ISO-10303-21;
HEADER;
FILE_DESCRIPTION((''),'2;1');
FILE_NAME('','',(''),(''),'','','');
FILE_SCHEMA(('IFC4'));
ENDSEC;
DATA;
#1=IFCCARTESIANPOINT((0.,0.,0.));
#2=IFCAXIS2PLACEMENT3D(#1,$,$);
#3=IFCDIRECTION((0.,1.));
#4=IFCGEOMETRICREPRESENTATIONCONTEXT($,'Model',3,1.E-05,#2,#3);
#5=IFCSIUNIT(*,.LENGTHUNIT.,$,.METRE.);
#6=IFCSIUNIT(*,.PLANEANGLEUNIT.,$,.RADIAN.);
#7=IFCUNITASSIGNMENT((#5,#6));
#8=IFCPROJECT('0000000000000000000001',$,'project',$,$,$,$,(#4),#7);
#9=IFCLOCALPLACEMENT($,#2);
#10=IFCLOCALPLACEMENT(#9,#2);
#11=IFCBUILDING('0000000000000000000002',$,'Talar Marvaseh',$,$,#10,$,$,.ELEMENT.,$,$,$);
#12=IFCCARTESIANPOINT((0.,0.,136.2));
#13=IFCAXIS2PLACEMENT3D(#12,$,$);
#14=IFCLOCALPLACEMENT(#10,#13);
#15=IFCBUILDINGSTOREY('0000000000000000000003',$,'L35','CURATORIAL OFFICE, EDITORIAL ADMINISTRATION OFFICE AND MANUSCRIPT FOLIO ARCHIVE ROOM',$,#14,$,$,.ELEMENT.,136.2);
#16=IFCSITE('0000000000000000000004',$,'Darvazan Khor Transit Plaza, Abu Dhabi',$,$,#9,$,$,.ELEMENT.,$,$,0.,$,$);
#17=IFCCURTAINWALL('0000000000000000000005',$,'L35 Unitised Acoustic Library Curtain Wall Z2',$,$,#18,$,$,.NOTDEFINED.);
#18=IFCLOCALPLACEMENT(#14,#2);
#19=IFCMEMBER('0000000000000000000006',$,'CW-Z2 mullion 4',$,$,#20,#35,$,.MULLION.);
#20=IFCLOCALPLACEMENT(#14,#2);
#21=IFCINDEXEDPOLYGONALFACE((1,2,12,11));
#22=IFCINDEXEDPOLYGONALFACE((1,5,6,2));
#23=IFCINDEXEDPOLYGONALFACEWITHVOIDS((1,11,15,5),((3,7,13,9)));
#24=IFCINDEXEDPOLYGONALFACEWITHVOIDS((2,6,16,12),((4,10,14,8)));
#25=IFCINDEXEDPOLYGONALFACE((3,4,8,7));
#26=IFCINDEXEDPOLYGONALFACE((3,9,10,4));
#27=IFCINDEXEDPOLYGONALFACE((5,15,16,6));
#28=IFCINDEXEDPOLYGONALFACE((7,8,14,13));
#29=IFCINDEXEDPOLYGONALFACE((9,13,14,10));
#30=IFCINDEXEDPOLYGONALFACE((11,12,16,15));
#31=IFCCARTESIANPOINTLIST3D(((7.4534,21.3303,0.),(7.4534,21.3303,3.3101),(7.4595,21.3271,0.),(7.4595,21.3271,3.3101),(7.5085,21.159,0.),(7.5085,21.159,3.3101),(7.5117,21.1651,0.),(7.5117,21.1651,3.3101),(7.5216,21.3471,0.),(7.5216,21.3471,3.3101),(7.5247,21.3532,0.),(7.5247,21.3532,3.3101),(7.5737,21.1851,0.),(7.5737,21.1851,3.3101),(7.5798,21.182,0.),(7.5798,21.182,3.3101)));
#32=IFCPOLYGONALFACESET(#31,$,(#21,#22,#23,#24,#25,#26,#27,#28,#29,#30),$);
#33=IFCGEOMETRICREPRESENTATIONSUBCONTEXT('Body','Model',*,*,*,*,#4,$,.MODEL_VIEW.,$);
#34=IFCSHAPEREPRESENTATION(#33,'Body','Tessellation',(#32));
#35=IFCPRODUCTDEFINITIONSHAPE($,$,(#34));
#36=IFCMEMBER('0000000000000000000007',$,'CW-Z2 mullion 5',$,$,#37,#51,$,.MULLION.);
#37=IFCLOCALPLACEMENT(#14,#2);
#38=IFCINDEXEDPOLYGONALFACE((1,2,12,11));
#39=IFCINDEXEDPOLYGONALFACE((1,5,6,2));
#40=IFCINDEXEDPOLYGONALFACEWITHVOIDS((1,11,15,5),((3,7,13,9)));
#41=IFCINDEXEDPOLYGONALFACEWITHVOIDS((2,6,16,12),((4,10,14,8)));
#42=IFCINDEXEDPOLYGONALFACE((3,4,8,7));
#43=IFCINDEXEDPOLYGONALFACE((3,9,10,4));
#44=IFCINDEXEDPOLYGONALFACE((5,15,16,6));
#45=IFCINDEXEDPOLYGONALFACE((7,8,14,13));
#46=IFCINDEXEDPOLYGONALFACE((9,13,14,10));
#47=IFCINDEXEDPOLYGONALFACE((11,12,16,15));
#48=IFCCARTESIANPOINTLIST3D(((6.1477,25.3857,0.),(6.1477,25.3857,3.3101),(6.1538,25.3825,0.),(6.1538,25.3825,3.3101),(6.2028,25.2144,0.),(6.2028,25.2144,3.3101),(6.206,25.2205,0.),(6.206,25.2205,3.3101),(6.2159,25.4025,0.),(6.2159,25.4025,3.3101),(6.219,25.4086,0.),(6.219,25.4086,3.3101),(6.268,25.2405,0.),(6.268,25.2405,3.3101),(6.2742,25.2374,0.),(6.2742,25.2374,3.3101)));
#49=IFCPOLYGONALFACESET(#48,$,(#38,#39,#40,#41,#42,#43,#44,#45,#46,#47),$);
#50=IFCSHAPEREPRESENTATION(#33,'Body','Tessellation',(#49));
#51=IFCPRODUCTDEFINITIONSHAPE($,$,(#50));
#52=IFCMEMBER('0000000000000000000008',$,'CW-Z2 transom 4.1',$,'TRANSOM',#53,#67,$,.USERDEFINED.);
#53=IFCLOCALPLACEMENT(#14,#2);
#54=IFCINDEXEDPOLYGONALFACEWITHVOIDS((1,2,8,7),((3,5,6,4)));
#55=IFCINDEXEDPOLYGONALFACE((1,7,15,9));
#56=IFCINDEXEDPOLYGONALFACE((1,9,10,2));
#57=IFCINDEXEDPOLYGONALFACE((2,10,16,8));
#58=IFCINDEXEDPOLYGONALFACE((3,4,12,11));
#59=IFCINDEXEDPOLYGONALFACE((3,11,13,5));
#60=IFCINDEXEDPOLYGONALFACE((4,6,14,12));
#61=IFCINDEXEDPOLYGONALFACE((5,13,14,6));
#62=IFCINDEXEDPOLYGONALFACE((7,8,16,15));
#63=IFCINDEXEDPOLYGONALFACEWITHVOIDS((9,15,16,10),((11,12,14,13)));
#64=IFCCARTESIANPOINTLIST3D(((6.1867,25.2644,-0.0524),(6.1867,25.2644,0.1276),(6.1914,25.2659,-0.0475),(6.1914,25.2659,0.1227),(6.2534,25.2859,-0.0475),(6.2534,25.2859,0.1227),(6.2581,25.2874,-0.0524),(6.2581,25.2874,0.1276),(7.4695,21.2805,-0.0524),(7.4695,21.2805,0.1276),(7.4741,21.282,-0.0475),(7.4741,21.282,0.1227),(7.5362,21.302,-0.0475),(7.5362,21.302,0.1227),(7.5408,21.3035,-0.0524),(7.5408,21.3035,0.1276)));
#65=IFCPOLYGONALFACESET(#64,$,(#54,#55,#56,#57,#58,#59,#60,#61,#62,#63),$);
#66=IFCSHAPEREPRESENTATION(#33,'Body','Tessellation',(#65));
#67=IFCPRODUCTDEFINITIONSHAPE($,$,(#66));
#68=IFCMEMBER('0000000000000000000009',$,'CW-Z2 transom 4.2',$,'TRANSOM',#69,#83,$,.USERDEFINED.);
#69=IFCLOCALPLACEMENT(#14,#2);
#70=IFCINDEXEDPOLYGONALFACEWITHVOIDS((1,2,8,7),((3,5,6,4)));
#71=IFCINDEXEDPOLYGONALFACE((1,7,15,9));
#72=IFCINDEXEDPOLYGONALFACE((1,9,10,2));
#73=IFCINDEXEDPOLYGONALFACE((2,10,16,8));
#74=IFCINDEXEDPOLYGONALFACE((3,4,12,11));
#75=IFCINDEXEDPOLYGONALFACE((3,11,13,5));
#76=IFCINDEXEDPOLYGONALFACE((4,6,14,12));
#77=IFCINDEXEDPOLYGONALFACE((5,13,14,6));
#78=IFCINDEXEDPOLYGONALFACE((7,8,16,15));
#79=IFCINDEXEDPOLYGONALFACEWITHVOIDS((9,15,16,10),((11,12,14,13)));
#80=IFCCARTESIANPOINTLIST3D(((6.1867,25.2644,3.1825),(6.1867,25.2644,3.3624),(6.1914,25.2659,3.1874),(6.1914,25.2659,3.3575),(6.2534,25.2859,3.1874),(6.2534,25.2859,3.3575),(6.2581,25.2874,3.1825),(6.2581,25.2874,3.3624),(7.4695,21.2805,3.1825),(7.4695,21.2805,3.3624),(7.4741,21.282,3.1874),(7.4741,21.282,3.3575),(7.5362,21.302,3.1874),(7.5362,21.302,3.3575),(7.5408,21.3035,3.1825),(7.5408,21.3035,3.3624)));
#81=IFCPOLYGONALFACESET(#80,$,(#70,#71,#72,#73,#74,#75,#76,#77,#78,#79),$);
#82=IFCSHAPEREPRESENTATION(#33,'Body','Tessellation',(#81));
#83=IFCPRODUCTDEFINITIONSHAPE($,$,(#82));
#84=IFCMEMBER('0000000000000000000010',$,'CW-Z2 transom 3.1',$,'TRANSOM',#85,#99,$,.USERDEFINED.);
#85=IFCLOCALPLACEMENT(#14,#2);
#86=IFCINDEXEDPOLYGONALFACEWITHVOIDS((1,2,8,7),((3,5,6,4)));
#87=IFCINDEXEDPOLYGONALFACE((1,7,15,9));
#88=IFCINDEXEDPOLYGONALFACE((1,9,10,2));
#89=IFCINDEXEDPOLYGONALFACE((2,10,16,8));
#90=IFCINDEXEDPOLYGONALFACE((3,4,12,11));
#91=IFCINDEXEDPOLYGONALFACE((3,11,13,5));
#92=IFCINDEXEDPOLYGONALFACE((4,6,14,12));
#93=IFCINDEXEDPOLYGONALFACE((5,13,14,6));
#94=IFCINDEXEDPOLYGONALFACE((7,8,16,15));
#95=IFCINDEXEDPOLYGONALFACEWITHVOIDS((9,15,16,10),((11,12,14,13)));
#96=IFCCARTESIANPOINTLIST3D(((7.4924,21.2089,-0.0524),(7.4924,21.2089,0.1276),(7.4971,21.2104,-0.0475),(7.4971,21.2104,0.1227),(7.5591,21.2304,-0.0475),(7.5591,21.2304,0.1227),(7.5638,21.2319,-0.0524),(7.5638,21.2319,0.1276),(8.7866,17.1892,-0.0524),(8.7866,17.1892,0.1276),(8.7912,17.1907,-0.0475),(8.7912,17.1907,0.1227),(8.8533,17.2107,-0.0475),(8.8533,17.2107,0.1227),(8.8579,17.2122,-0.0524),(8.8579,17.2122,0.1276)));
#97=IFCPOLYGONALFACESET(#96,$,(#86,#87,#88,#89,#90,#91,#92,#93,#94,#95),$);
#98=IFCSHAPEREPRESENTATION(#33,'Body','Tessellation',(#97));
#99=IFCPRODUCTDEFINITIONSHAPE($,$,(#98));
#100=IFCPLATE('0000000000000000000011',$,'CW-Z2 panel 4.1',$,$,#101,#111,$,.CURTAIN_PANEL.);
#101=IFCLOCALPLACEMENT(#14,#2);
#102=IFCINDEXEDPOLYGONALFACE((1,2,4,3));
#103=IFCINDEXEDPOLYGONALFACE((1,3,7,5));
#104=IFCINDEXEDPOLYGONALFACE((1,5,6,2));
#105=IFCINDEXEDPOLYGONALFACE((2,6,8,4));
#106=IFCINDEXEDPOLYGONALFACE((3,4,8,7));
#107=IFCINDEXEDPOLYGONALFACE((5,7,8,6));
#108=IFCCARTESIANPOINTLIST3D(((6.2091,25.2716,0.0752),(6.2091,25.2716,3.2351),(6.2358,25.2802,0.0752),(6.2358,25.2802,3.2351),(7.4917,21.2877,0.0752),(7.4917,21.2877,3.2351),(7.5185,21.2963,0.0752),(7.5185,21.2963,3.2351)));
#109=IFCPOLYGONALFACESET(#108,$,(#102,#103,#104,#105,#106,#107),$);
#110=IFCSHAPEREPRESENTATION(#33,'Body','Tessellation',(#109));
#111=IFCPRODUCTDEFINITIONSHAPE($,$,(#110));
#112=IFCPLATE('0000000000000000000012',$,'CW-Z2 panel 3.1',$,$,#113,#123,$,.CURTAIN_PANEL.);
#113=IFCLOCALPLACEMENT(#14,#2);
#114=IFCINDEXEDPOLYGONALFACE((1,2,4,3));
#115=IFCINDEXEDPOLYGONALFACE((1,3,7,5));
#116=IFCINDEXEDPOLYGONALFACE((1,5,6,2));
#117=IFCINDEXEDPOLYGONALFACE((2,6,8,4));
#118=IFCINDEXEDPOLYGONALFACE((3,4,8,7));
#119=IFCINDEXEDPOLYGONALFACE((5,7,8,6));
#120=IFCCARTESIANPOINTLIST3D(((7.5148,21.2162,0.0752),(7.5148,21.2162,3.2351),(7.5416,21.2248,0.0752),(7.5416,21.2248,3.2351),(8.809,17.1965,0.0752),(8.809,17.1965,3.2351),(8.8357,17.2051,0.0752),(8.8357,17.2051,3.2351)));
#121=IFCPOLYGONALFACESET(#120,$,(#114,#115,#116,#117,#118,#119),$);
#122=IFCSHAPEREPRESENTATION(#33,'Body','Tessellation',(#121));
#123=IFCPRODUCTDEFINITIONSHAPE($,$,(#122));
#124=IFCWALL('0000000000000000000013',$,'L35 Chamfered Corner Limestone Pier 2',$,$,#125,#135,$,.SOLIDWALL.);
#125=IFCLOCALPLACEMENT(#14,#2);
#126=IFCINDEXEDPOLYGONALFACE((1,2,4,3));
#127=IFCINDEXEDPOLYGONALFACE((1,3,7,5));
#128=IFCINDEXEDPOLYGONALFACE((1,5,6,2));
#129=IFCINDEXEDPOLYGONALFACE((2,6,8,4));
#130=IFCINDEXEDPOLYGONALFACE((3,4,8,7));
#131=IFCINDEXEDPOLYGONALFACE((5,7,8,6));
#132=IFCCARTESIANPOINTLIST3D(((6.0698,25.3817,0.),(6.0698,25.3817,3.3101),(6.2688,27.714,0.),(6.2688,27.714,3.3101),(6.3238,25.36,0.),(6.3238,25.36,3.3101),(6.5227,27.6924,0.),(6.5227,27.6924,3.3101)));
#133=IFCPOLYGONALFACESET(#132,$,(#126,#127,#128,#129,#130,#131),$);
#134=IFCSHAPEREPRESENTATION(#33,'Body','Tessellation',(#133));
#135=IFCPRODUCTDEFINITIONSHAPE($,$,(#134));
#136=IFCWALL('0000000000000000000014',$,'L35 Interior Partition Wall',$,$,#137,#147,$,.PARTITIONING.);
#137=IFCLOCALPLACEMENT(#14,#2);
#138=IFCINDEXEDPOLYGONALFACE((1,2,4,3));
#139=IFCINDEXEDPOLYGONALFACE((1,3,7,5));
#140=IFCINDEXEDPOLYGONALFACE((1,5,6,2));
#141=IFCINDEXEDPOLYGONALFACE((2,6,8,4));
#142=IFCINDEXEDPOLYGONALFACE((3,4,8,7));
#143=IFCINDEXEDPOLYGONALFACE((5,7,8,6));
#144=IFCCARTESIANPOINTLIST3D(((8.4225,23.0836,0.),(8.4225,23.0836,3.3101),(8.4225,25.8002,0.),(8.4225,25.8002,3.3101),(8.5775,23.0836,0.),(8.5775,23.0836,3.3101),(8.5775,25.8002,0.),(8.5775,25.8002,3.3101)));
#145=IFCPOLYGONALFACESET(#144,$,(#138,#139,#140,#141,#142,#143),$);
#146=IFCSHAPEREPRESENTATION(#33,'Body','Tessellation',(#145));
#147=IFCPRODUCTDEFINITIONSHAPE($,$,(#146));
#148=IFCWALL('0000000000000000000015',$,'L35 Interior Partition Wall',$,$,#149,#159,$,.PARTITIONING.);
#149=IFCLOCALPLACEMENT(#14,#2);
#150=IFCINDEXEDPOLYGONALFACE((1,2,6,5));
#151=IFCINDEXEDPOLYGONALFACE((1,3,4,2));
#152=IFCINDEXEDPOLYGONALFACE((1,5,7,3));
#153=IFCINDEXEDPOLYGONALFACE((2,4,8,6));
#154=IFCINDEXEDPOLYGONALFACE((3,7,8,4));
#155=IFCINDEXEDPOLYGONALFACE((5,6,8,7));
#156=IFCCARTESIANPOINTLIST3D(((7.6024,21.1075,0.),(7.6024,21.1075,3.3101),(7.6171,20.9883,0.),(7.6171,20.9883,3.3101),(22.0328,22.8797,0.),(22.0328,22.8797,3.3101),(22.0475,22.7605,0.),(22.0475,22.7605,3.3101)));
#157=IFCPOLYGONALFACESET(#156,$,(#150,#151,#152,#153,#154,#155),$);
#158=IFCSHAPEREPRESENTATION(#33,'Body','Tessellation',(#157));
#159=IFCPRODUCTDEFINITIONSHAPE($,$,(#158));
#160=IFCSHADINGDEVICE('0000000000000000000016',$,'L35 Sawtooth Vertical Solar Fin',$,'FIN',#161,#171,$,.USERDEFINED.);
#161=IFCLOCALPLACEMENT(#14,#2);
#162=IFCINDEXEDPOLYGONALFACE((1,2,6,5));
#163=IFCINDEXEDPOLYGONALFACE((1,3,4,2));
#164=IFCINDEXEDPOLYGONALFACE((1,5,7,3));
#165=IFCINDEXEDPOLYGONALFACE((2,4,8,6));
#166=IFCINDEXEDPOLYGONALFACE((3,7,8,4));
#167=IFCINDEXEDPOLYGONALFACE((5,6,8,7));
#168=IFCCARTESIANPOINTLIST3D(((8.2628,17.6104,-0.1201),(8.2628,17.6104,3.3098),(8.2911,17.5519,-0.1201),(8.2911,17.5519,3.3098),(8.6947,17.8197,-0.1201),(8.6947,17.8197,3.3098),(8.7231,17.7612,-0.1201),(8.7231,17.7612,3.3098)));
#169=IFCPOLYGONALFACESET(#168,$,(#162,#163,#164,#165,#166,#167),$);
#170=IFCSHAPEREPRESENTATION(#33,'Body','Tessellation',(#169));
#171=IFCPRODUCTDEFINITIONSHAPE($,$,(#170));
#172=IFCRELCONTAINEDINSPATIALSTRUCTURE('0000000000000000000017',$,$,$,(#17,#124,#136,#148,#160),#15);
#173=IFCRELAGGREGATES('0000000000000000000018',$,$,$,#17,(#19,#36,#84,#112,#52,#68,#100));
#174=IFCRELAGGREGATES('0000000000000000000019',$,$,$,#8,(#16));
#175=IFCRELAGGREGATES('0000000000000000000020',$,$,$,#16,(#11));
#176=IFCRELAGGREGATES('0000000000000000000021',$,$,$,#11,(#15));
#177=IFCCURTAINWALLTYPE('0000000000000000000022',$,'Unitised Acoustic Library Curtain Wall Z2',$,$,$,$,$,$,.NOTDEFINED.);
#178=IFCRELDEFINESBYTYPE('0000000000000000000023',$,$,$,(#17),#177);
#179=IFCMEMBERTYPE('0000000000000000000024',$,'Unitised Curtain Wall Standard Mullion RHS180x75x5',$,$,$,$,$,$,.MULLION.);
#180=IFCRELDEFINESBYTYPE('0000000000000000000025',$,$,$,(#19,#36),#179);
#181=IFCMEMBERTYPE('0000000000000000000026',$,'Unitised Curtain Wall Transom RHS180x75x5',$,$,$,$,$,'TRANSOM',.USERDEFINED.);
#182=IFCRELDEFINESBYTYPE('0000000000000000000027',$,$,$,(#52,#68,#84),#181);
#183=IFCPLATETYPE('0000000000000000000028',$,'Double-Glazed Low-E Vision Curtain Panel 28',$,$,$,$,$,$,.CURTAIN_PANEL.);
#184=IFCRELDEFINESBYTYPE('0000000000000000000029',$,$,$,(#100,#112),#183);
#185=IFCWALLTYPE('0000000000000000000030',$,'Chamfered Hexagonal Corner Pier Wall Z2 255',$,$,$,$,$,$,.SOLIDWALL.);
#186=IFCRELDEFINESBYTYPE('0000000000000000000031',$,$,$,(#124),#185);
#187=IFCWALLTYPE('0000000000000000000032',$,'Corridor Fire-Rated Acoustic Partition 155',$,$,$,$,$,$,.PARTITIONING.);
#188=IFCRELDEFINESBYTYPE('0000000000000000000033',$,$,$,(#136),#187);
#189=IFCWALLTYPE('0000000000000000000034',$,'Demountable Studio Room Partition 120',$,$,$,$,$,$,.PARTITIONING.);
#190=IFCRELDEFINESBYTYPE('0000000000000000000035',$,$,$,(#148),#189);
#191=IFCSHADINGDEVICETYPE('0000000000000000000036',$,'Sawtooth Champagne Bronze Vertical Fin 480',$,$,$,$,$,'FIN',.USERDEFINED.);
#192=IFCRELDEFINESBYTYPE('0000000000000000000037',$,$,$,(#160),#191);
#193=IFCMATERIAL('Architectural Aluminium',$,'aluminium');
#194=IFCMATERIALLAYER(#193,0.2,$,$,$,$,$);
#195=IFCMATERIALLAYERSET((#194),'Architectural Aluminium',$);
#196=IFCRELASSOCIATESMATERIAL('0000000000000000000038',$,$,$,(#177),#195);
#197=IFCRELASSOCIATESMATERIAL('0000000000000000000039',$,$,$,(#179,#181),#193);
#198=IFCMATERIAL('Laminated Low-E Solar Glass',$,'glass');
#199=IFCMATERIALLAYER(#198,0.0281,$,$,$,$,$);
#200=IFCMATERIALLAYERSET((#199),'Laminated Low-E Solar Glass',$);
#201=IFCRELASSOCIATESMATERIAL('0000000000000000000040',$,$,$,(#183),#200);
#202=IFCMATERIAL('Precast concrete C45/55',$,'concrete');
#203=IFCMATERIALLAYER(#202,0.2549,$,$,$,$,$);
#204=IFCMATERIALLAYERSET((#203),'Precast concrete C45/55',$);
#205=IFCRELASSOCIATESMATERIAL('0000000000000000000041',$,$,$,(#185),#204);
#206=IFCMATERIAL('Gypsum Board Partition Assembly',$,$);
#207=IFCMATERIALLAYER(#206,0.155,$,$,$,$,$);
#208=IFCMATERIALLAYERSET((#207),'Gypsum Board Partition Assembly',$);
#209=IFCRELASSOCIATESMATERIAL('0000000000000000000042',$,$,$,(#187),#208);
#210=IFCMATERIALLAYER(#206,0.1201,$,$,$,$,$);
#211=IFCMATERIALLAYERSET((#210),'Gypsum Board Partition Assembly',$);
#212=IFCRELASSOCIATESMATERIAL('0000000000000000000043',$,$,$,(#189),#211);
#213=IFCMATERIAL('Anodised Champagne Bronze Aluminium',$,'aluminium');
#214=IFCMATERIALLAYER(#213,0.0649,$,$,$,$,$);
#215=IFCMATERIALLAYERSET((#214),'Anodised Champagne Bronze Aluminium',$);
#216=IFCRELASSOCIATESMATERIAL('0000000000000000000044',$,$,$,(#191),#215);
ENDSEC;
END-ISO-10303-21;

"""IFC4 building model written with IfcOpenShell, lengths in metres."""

from ifc_helpers import new_model, si_unit, direction, frame, frame_2d, origin, origin_2d, place, context, subcontext, project, spatial, rectangle, hollow_rectangle, extrude, source, transform, mapped, material, layer, layer_set, material_profile, profile_set, type_object, type_shapes, element, aggregate, save


model = new_model("IFC4")

# Units and contexts
model_context = context("Model", 3, precision=1e-05, world=origin(), true_north=direction((0.0, 1.0)))
body_context = subcontext(model_context, "Body", "Model", "MODEL_VIEW")
ifc_project = project(units=[si_unit("LENGTHUNIT", "METRE"), si_unit("PLANEANGLEUNIT", "RADIAN")], contexts=[model_context])

# Site, building, storey
site_placement = place(None, origin())
site = spatial("IfcSite", under=ifc_project, at=site_placement, Name="Darvazan Khor Transit Plaza, Abu Dhabi", CompositionType="ELEMENT", RefElevation=0.0)
building_placement = place(site_placement, origin())
building = spatial("IfcBuilding", under=site, at=building_placement, Name="Talar Marvaseh", CompositionType="ELEMENT")
storey_placement = place(building_placement, frame((0.0, 0.0, 136.2)))
storey = spatial("IfcBuildingStorey", under=building, at=storey_placement, Name="L35", Description="CURATORIAL OFFICE, EDITORIAL ADMINISTRATION OFFICE AND MANUSCRIPT FOLIO ARCHIVE ROOM", CompositionType="ELEMENT", Elevation=136.2)

# Curtain wall, members, plates
ifc_material_1 = material(Name="Architectural Aluminium", Category="aluminium")
ifc_layer_1 = layer(ifc_material_1, 0.2)
ifc_layer_set_1 = layer_set([ifc_layer_1], Name="Architectural Aluminium")
curtain_wall_type = type_object("IfcCurtainWallType", Name="Unitised Acoustic Library Curtain Wall Z2", PredefinedType="NOTDEFINED", material=ifc_layer_set_1)
curtain_wall_placement = place(storey_placement, origin())
curtain_wall = element("IfcCurtainWall", 1, at=curtain_wall_placement, inside=storey, type_object=curtain_wall_type, Name="L35 Unitised Acoustic Library Curtain Wall Z2", PredefinedType="NOTDEFINED")
ifc_material_profile_1 = material_profile(ifc_material_1, hollow_rectangle(XDim=0.075, YDim=0.1799, WallThickness=0.0049, at=origin_2d()), Name="RHS180x75x5")
ifc_profile_set_1 = profile_set([ifc_material_profile_1], Name="Architectural Aluminium")
member_type_1 = type_object("IfcMemberType", Name="Unitised Curtain Wall Standard Mullion RHS180x75x5", PredefinedType="MULLION", material=ifc_profile_set_1)
shared_shape_1 = source(origin(), body_context, "Body", "SweptSolid", [
    extrude(hollow_rectangle(XDim=0.075, YDim=0.1799, WallThickness=0.0049, at=origin_2d()), origin(), (0.0, 0.0, 1.0), 3.3101),
])
type_shapes(member_type_1, [shared_shape_1])
member_1_placement = place(storey_placement, frame((7.5166, 21.2561, 0.0), z_axis=(0.0, 0.0, 1.0), x_axis=(-0.951882, -0.306463, 0.0)))
member_1 = element("IfcMember", 2, at=member_1_placement, type_object=member_type_1, Name="CW-Z2 mullion 4", PredefinedType="MULLION", context=body_context, shape_type="MappedRepresentation", body=[
    mapped(shared_shape_1, transform((0.0, 0.0, 0.0), x_axis=(1.0, 0.0, 0.0), y_axis=(0.0, 1.0, 0.0), z_axis=(0.0, 0.0, 1.0), scale=1.0)),
])
member_2_placement = place(storey_placement, frame((6.2109, 25.3115, 0.0), z_axis=(0.0, 0.0, 1.0), x_axis=(-0.951882, -0.306463, 0.0)))
member_2 = element("IfcMember", 3, at=member_2_placement, type_object=member_type_1, Name="CW-Z2 mullion 5", PredefinedType="MULLION", context=body_context, shape_type="MappedRepresentation", body=[
    mapped(shared_shape_1, transform((0.0, 0.0, 0.0), x_axis=(1.0, 0.0, 0.0), y_axis=(0.0, 1.0, 0.0), z_axis=(0.0, 0.0, 1.0), scale=1.0)),
])
ifc_material_profile_2 = material_profile(ifc_material_1, hollow_rectangle(XDim=0.075, YDim=0.1799, WallThickness=0.0049, at=origin_2d()), Name="RHS180x75x5")
ifc_profile_set_2 = profile_set([ifc_material_profile_2], Name="Architectural Aluminium")
member_type_2 = type_object("IfcMemberType", Name="Unitised Curtain Wall Transom RHS180x75x5", ElementType="TRANSOM", PredefinedType="USERDEFINED", material=ifc_profile_set_2)
shared_shape_2 = source(origin(), body_context, "Body", "SweptSolid", [
    extrude(hollow_rectangle(XDim=0.075, YDim=0.1799, WallThickness=0.0049, at=origin_2d()), origin(), (0.0, 0.0, 1.0), 4.1853),
])
member_3_placement = place(storey_placement, frame((7.5051, 21.292, 0.0376), z_axis=(-0.306481, 0.951877, 0.0), x_axis=(-0.951877, -0.306481, 0.0)))
member_3 = element("IfcMember", 4, at=member_3_placement, type_object=member_type_2, Name="CW-Z2 transom 4.1", ObjectType="TRANSOM", PredefinedType="USERDEFINED", context=body_context, shape_type="MappedRepresentation", body=[
    mapped(shared_shape_2, transform((0.0, 0.0, 0.0), x_axis=(1.0, 0.0, 0.0), y_axis=(0.0, 1.0, 0.0), z_axis=(0.0, 0.0, 1.0), scale=1.0)),
])
member_4_placement = place(storey_placement, frame((7.5051, 21.292, 3.2725), z_axis=(-0.306481, 0.951877, 0.0), x_axis=(-0.951877, -0.306481, 0.0)))
member_4 = element("IfcMember", 5, at=member_4_placement, type_object=member_type_2, Name="CW-Z2 transom 4.2", ObjectType="TRANSOM", PredefinedType="USERDEFINED", context=body_context, shape_type="MappedRepresentation", body=[
    mapped(shared_shape_2, transform((0.0, 0.0, 0.0), x_axis=(1.0, 0.0, 0.0), y_axis=(0.0, 1.0, 0.0), z_axis=(0.0, 0.0, 1.0), scale=1.0)),
])
shared_shape_3 = source(origin(), body_context, "Body", "SweptSolid", [
    extrude(hollow_rectangle(XDim=0.075, YDim=0.1799, WallThickness=0.0049, at=origin_2d()), origin(), (0.0, 0.0, 1.0), 4.2229),
])
type_shapes(member_type_2, [shared_shape_2, shared_shape_3])
member_5_placement = place(storey_placement, frame((8.8223, 17.2007, 0.0376), z_axis=(-0.306464, 0.951882, 0.0), x_axis=(-0.951882, -0.306464, 0.0)))
member_5 = element("IfcMember", 6, at=member_5_placement, type_object=member_type_2, Name="CW-Z2 transom 3.1", ObjectType="TRANSOM", PredefinedType="USERDEFINED", context=body_context, shape_type="MappedRepresentation", body=[
    mapped(shared_shape_3, transform((0.0, 0.0, 0.0), x_axis=(1.0, 0.0, 0.0), y_axis=(0.0, 1.0, 0.0), z_axis=(0.0, 0.0, 1.0), scale=1.0)),
])
ifc_material_2 = material(Name="Laminated Low-E Solar Glass", Category="glass")
ifc_layer_2 = layer(ifc_material_2, 0.0281)
ifc_layer_set_2 = layer_set([ifc_layer_2], Name="Laminated Low-E Solar Glass")
plate_type = type_object("IfcPlateType", Name="Double-Glazed Low-E Vision Curtain Panel 28", PredefinedType="CURTAIN_PANEL", material=ifc_layer_set_2)
shared_shape_4 = source(origin(), body_context, "Body", "SweptSolid", [
    extrude(rectangle(XDim=4.1853, YDim=0.0281, at=origin_2d()), origin(), (0.0, 0.0, 1.0), 3.1599),
])
plate_1_placement = place(storey_placement, frame((6.8638, 23.2839, 0.0752), z_axis=(0.0, 0.0, 1.0), x_axis=(-0.306463, 0.951882, 0.0)))
plate_1 = element("IfcPlate", 7, at=plate_1_placement, type_object=plate_type, Name="CW-Z2 panel 4.1", PredefinedType="CURTAIN_PANEL", context=body_context, shape_type="MappedRepresentation", body=[
    mapped(shared_shape_4, transform((0.0, 0.0, 0.0), x_axis=(1.0, 0.0, 0.0), y_axis=(0.0, 1.0, 0.0), z_axis=(0.0, 0.0, 1.0), scale=1.0)),
])
shared_shape_5 = source(origin(), body_context, "Body", "SweptSolid", [
    extrude(rectangle(XDim=4.2229, YDim=0.0281, at=origin_2d()), origin(), (0.0, 0.0, 1.0), 3.1599),
])
type_shapes(plate_type, [shared_shape_4, shared_shape_5])
plate_2_placement = place(storey_placement, frame((8.1753, 19.2107, 0.0752), z_axis=(0.0, 0.0, 1.0), x_axis=(-0.306463, 0.951882, 0.0)))
plate_2 = element("IfcPlate", 8, at=plate_2_placement, type_object=plate_type, Name="CW-Z2 panel 3.1", PredefinedType="CURTAIN_PANEL", context=body_context, shape_type="MappedRepresentation", body=[
    mapped(shared_shape_5, transform((0.0, 0.0, 0.0), x_axis=(1.0, 0.0, 0.0), y_axis=(0.0, 1.0, 0.0), z_axis=(0.0, 0.0, 1.0), scale=1.0)),
])
aggregate(curtain_wall, [member_1, member_2, member_5, plate_2, member_3, member_4, plate_1])

# Walls
ifc_material_3 = material(Name="Precast concrete C45/55", Category="concrete")
ifc_layer_3 = layer(ifc_material_3, 0.2549)
ifc_layer_set_3 = layer_set([ifc_layer_3], Name="Precast concrete C45/55")
wall_type_1 = type_object("IfcWallType", Name="Chamfered Hexagonal Corner Pier Wall Z2 255", PredefinedType="SOLIDWALL", material=ifc_layer_set_3)
wall_1_placement = place(storey_placement, frame((6.1968, 25.3708, 0.0), z_axis=(0.0, 0.0, 1.0), x_axis=(0.085005, 0.996381, 0.0)))
element("IfcWall", 9, at=wall_1_placement, inside=storey, type_object=wall_type_1, Name="L35 Chamfered Corner Limestone Pier 2", PredefinedType="SOLIDWALL", context=body_context, shape_type="SweptSolid", body=[
    extrude(rectangle(XDim=2.3408, YDim=0.2549, at=frame_2d((1.1704, 0.0))), origin(), (0.0, 0.0, 1.0), 3.3101),
])
ifc_material_4 = material(Name="Gypsum Board Partition Assembly")
ifc_layer_4 = layer(ifc_material_4, 0.155)
ifc_layer_set_4 = layer_set([ifc_layer_4], Name="Gypsum Board Partition Assembly")
wall_type_2 = type_object("IfcWallType", Name="Corridor Fire-Rated Acoustic Partition 155", PredefinedType="PARTITIONING", material=ifc_layer_set_4)
wall_2_placement = place(storey_placement, frame((8.5, 23.0835, 0.0), z_axis=(0.0, 0.0, 1.0), x_axis=(0.0, 1.0, 0.0)))
element("IfcWall", 10, at=wall_2_placement, inside=storey, type_object=wall_type_2, Name="L35 Interior Partition Wall", PredefinedType="PARTITIONING", context=body_context, shape_type="SweptSolid", body=[
    extrude(rectangle(XDim=2.7166, YDim=0.155, at=frame_2d((1.3584, 0.0))), origin(), (0.0, 0.0, 1.0), 3.3101),
])
ifc_layer_5 = layer(ifc_material_4, 0.1201)
ifc_layer_set_5 = layer_set([ifc_layer_5], Name="Gypsum Board Partition Assembly")
wall_type_3 = type_object("IfcWallType", Name="Demountable Studio Room Partition 120", PredefinedType="PARTITIONING", material=ifc_layer_set_5)
wall_3_placement = place(storey_placement, frame((7.6096, 21.0479, 0.0), z_axis=(0.0, 0.0, 1.0), x_axis=(0.992543, 0.121895, 0.0)))
element("IfcWall", 11, at=wall_3_placement, inside=storey, type_object=wall_type_3, Name="L35 Interior Partition Wall", PredefinedType="PARTITIONING", context=body_context, shape_type="SweptSolid", body=[
    extrude(rectangle(XDim=14.5388, YDim=0.1201, at=frame_2d((7.2695, 0.0))), origin(), (0.0, 0.0, 1.0), 3.3101),
])

# Shading device
ifc_material_5 = material(Name="Anodised Champagne Bronze Aluminium", Category="aluminium")
ifc_layer_6 = layer(ifc_material_5, 0.0649)
ifc_layer_set_6 = layer_set([ifc_layer_6], Name="Anodised Champagne Bronze Aluminium")
shading_device_type_1 = type_object("IfcShadingDeviceType", Name="Sawtooth Champagne Bronze Vertical Fin 480", ElementType="FIN", PredefinedType="USERDEFINED", material=ifc_layer_set_6)
shared_shape_6 = source(origin(), body_context, "Body", "SweptSolid", [
    extrude(rectangle(XDim=0.48, YDim=0.0649, at=origin_2d()), origin(), (0.0, 0.0, 1.0), 3.4299),
])
type_shapes(shading_device_type_1, [shared_shape_6])
for number, where, z_axis, x_axis, name in (
    (12, (8.4929, 17.6858, -0.1201), (0.0, 0.0, 1.0), (-0.899939, -0.436017, 0.0), "L35 Sawtooth Vertical Solar Fin"),
):
    element("IfcShadingDevice", number, at=place(storey_placement, frame(where, z_axis=z_axis, x_axis=x_axis)), inside=storey, type_object=shading_device_type_1, Name=name, ObjectType="FIN", PredefinedType="USERDEFINED", context=body_context, shape_type="MappedRepresentation", body=[
        mapped(shared_shape_6, transform((0.0, 0.0, 0.0), x_axis=(1.0, 0.0, 0.0), y_axis=(0.0, 1.0, 0.0), z_axis=(0.0, 0.0, 1.0), scale=1.0)),
    ])

save(model, "model.ifc")
